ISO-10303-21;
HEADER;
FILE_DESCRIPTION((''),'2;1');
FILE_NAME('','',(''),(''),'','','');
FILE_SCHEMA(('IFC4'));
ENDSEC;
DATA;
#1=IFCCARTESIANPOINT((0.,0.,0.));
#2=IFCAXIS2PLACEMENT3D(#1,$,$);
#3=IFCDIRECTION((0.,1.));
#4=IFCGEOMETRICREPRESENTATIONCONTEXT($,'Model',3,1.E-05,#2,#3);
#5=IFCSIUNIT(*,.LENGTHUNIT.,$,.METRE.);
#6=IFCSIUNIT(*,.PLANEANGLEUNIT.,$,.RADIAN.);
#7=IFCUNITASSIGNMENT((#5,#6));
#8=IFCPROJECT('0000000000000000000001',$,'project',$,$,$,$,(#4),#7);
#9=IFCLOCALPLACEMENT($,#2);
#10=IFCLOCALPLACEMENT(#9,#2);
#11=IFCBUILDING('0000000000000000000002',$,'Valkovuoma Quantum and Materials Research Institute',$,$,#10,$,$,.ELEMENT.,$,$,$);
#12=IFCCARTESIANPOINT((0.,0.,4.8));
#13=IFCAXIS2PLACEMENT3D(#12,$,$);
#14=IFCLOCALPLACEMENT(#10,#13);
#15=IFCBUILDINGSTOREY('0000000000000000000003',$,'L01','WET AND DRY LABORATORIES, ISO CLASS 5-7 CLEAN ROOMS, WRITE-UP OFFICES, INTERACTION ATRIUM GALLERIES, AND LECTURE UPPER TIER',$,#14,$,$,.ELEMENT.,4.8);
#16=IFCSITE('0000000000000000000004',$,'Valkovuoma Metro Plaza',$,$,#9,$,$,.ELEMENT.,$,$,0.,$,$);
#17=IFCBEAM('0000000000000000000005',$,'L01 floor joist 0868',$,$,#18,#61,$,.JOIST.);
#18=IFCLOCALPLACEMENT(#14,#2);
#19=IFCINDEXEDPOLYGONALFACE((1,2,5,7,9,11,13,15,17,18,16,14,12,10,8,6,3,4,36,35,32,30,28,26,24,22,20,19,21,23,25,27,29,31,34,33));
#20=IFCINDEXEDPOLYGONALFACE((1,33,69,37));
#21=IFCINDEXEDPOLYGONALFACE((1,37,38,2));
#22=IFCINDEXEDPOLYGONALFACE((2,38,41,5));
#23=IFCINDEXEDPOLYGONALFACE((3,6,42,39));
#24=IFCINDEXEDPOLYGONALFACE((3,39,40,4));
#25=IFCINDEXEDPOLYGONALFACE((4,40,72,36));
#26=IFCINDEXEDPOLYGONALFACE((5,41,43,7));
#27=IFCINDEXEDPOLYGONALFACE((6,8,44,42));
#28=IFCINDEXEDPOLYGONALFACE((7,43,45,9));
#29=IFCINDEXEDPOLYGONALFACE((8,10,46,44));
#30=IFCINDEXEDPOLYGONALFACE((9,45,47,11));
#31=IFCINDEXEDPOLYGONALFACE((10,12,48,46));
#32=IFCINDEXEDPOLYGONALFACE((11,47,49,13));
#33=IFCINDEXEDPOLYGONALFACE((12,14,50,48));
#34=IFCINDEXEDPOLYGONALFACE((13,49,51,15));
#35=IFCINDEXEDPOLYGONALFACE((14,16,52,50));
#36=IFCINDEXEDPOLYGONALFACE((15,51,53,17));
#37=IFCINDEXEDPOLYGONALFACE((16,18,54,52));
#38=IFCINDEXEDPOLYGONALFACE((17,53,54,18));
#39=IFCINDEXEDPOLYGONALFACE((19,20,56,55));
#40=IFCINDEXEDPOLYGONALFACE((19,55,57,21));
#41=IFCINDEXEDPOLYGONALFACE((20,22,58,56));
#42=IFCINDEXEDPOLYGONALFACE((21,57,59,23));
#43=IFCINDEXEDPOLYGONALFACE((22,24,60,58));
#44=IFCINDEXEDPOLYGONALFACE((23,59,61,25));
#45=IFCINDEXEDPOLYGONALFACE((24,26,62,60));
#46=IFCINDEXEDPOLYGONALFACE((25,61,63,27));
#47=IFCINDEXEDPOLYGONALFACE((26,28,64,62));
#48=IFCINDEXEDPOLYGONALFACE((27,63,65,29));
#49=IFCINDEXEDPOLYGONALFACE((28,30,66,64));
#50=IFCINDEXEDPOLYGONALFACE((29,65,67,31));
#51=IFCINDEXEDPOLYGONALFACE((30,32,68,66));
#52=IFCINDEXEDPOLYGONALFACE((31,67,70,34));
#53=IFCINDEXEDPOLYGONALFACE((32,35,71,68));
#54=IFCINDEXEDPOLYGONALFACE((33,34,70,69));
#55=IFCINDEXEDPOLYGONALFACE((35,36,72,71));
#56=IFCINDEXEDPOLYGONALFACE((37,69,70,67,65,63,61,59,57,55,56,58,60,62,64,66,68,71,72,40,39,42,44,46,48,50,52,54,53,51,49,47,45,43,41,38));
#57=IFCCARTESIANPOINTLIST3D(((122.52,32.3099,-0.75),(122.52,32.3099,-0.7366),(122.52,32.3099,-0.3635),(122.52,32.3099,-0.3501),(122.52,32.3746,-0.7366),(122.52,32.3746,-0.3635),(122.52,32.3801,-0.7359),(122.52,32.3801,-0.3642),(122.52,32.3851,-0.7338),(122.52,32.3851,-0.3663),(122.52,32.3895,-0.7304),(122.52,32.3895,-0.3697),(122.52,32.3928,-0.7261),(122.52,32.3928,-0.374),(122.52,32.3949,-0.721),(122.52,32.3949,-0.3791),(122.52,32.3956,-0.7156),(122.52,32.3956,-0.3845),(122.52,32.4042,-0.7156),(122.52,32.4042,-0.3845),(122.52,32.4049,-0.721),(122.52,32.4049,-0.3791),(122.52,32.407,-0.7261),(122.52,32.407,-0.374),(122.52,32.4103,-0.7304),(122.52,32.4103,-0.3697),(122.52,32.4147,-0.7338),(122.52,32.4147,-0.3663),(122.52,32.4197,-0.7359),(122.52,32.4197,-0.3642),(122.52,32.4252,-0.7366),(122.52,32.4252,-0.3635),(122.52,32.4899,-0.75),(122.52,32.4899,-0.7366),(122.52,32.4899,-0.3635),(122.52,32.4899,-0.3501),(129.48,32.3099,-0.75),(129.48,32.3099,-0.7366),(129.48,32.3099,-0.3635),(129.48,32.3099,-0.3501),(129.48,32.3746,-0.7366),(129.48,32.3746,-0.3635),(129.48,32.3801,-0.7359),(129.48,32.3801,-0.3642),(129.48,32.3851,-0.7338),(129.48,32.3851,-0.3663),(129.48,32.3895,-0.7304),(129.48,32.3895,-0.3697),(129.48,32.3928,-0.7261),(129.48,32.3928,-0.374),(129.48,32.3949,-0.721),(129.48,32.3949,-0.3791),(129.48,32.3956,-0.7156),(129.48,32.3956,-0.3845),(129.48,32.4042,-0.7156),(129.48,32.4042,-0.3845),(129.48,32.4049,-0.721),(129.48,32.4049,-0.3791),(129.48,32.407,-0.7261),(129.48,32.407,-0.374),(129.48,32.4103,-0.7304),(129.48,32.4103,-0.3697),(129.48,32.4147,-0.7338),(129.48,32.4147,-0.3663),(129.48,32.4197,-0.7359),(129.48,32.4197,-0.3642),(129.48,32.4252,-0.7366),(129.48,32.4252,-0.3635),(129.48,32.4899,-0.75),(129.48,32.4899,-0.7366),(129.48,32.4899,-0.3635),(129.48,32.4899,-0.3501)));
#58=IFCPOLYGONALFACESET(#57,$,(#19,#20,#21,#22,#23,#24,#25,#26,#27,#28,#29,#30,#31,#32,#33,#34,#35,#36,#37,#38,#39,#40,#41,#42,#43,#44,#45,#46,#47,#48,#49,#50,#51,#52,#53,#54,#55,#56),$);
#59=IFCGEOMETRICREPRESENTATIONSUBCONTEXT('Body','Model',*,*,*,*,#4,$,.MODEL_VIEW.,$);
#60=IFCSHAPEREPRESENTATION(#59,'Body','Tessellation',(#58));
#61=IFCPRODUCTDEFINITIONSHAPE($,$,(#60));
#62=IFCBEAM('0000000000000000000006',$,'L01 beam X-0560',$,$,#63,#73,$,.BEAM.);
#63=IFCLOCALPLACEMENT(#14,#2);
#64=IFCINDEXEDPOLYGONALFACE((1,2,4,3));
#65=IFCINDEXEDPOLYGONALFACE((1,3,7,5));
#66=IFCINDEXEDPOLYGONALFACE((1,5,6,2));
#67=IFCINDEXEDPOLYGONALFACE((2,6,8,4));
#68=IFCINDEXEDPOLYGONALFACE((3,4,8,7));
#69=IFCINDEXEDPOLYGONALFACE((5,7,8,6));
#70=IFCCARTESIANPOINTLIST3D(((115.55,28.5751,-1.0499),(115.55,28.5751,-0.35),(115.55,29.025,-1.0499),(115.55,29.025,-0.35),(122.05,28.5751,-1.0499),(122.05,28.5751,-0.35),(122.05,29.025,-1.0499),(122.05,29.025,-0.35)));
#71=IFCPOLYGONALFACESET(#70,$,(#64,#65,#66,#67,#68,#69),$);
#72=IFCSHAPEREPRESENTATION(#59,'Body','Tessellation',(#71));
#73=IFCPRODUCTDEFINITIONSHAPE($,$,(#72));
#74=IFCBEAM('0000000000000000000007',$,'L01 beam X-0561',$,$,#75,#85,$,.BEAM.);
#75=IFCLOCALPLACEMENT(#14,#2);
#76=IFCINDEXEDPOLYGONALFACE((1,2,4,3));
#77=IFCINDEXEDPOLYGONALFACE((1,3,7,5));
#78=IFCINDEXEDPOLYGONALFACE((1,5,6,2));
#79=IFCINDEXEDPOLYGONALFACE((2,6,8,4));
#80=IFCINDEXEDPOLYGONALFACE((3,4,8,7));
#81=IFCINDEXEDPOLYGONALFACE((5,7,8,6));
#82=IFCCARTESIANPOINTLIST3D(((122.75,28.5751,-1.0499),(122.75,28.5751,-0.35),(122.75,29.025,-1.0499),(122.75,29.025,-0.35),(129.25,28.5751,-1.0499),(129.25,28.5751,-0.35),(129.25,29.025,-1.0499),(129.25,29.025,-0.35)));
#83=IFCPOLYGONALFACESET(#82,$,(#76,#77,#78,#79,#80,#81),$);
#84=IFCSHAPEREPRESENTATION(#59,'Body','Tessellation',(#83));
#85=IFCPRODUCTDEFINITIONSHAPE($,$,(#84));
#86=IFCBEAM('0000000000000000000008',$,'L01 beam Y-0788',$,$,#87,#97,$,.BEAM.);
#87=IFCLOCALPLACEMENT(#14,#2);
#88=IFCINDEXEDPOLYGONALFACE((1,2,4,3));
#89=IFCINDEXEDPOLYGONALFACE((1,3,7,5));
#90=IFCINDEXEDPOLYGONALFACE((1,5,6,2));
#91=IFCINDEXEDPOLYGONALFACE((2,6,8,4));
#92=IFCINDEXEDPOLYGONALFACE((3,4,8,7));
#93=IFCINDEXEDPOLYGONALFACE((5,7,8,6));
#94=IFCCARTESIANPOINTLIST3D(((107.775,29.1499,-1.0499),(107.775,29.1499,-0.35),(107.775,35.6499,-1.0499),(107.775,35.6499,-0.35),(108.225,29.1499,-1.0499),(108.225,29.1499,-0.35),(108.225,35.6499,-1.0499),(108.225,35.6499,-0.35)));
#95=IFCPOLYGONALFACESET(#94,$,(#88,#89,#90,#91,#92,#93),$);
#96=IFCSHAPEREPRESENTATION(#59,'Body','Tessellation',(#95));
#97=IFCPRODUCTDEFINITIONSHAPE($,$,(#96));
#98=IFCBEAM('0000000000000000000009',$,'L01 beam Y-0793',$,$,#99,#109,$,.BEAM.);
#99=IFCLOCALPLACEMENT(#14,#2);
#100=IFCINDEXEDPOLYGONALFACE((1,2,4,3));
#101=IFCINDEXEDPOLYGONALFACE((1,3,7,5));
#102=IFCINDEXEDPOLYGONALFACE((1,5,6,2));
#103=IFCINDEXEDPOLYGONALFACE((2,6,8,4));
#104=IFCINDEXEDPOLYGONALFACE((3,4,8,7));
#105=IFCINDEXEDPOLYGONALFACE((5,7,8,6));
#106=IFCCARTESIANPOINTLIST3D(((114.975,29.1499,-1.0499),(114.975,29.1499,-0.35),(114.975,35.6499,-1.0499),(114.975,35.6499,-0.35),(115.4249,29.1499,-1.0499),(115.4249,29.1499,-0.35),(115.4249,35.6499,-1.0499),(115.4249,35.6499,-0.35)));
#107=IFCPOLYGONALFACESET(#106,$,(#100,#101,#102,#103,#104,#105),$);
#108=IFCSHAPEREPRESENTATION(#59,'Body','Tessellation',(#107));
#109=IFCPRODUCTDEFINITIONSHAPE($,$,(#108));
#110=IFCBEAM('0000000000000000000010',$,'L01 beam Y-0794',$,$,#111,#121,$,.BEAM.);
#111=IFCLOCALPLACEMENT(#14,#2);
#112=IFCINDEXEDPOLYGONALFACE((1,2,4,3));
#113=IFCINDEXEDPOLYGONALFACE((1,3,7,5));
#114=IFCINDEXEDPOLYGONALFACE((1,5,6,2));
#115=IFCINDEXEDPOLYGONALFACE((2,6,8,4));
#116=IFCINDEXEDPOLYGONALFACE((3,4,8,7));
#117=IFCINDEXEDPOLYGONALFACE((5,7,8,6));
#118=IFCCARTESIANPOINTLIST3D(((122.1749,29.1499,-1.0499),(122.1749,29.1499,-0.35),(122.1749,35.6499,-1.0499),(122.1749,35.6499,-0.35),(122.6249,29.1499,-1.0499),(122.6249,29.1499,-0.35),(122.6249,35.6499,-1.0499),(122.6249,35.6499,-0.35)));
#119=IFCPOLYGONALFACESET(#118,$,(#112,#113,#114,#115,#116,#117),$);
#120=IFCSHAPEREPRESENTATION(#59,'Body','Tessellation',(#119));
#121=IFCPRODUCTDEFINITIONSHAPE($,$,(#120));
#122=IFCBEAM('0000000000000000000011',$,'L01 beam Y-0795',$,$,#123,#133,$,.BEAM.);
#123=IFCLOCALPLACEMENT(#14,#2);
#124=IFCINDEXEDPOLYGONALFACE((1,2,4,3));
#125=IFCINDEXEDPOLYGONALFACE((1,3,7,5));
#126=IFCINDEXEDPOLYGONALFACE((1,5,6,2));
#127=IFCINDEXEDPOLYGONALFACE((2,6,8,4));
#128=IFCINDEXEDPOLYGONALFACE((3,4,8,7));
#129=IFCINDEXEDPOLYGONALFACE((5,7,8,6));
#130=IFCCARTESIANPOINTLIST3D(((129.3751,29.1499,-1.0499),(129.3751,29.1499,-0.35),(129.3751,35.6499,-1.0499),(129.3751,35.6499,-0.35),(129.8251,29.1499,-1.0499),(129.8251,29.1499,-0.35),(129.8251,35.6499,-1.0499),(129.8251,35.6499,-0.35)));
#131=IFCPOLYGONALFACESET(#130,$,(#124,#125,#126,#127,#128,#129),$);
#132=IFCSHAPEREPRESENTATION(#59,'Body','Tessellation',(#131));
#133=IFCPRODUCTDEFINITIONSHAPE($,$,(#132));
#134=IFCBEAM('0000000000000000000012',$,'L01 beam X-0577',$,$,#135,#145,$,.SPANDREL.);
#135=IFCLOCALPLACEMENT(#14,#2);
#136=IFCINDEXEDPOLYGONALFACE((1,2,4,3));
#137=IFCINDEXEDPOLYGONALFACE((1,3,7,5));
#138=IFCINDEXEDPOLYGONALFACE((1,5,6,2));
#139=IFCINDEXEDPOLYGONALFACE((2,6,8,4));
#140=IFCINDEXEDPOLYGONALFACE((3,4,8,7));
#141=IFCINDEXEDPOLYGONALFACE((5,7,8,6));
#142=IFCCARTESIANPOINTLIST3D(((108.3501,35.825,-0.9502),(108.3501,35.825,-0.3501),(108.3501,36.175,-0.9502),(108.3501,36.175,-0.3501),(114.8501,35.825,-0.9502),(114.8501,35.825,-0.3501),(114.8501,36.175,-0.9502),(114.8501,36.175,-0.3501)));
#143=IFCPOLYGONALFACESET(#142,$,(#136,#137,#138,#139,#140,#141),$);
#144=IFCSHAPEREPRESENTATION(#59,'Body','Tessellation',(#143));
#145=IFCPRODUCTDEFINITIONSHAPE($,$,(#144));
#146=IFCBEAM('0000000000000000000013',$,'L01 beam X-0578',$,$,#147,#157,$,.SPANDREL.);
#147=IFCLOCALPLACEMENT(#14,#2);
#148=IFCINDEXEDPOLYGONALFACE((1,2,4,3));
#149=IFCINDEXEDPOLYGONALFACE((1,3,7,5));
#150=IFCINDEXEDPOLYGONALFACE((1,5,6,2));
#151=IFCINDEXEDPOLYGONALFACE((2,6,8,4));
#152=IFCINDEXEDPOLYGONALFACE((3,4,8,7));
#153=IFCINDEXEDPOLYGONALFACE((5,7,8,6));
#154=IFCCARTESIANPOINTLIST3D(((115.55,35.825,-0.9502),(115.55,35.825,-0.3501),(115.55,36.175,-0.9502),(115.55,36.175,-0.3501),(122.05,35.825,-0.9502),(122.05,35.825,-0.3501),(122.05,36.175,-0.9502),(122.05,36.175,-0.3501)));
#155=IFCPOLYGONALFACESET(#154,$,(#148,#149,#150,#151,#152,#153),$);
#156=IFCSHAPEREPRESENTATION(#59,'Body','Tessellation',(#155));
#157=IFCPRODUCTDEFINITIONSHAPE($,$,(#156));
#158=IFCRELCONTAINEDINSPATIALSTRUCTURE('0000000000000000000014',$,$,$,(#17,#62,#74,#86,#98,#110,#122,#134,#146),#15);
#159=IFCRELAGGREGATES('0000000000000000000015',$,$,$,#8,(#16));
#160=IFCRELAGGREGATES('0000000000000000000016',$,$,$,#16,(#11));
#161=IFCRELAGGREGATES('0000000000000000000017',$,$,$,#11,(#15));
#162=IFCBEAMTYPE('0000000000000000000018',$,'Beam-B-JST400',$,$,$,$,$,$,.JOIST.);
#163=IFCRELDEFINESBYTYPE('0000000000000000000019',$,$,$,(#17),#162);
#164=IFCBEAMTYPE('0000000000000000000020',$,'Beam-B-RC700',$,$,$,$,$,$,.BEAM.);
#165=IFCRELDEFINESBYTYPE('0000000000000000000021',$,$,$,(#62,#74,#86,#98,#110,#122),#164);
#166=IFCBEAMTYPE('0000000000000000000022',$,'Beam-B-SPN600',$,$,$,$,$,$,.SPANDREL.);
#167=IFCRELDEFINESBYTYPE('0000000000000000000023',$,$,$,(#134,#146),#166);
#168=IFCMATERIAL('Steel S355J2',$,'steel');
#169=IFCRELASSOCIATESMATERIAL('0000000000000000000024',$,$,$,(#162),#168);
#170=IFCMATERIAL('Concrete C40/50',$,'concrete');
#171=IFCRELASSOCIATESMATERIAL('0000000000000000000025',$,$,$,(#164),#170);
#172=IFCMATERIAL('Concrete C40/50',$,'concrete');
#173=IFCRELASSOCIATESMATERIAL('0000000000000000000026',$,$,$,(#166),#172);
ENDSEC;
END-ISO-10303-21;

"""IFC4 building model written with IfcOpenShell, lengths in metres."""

from ifc_helpers import new_model, si_unit, direction, frame, origin, origin_2d, place, context, subcontext, project, spatial, rectangle, i_section, extrude, material, material_profile, profile_set, type_object, element, save


model = new_model("IFC4")

# Units and contexts
model_context = context("Model", 3, precision=1e-05, world=origin(), true_north=direction((0.0, 1.0)))
body_context = subcontext(model_context, "Body", "Model", "MODEL_VIEW")
ifc_project = project(units=[si_unit("LENGTHUNIT", "METRE"), si_unit("PLANEANGLEUNIT", "RADIAN")], contexts=[model_context])

# Site, building, storey
site_placement = place(None, origin())
site = spatial("IfcSite", under=ifc_project, at=site_placement, Name="Valkovuoma Metro Plaza", CompositionType="ELEMENT", RefElevation=0.0)
building_placement = place(site_placement, origin())
building = spatial("IfcBuilding", under=site, at=building_placement, Name="Valkovuoma Quantum and Materials Research Institute", CompositionType="ELEMENT")
storey_placement = place(building_placement, frame((0.0, 0.0, 4.8)))
storey = spatial("IfcBuildingStorey", under=building, at=storey_placement, Name="L01", Description="WET AND DRY LABORATORIES, ISO CLASS 5-7 CLEAN ROOMS, WRITE-UP OFFICES, INTERACTION ATRIUM GALLERIES, AND LECTURE UPPER TIER", CompositionType="ELEMENT", Elevation=4.8)

# Beams
ifc_material_1 = material(Name="Steel S355J2", Category="steel")
ifc_material_profile_1 = material_profile(ifc_material_1, i_section(OverallWidth=0.1799, OverallDepth=0.3999, WebThickness=0.0085, FlangeThickness=0.0134, FilletRadius=0.021, at=origin_2d()), Name="Steel S355J2")
ifc_profile_set_1 = profile_set([ifc_material_profile_1], Name="Steel S355J2")
beam_type_1 = type_object("IfcBeamType", Name="Beam-B-JST400", PredefinedType="JOIST", material=ifc_profile_set_1)
beam_placement = place(storey_placement, frame((122.52, 32.3999, -0.55), z_axis=(1.0, 0.0, 0.0), x_axis=(0.0, 1.0, 0.0)))
element("IfcBeam", 1, at=beam_placement, inside=storey, type_object=beam_type_1, Name="L01 floor joist 0868", PredefinedType="JOIST", context=body_context, shape_type="SweptSolid", body=[
    extrude(i_section(OverallWidth=0.1799, OverallDepth=0.3999, WebThickness=0.0085, FlangeThickness=0.0134, FilletRadius=0.021, at=origin_2d()), origin(), (0.0, 0.0, 1.0), 6.96),
])
ifc_material_2 = material(Name="Concrete C40/50", Category="concrete")
ifc_material_profile_2 = material_profile(ifc_material_2, rectangle(XDim=0.45, YDim=0.7, at=origin_2d()), Name="Concrete C40/50")
ifc_profile_set_2 = profile_set([ifc_material_profile_2], Name="Concrete C40/50")
beam_type_2 = type_object("IfcBeamType", Name="Beam-B-RC700", PredefinedType="BEAM", material=ifc_profile_set_2)
for number, where, z_axis, x_axis, name in (
    (2, (115.55, 28.8, -0.7), (1.0, 0.0, 0.0), (0.0, 1.0, 0.0), "L01 beam X-0560"),
    (3, (122.75, 28.8, -0.7), (1.0, 0.0, 0.0), (0.0, 1.0, 0.0), "L01 beam X-0561"),
    (4, (108.0, 29.1499, -0.7), (0.0, 1.0, 0.0), (-1.0, 0.0, 0.0), "L01 beam Y-0788"),
    (5, (115.2, 29.1499, -0.7), (0.0, 1.0, 0.0), (-1.0, 0.0, 0.0), "L01 beam Y-0793"),
    (6, (122.3999, 29.1499, -0.7), (0.0, 1.0, 0.0), (-1.0, 0.0, 0.0), "L01 beam Y-0794"),
    (7, (129.6001, 29.1499, -0.7), (0.0, 1.0, 0.0), (-1.0, 0.0, 0.0), "L01 beam Y-0795"),
):
    element("IfcBeam", number, at=place(storey_placement, frame(where, z_axis=z_axis, x_axis=x_axis)), inside=storey, type_object=beam_type_2, Name=name, PredefinedType="BEAM", context=body_context, shape_type="SweptSolid", body=[
        extrude(rectangle(XDim=0.45, YDim=0.7, at=origin_2d()), origin(), (0.0, 0.0, 1.0), 6.5),
    ])
ifc_material_3 = material(Name="Concrete C40/50", Category="concrete")
ifc_material_profile_3 = material_profile(ifc_material_3, rectangle(XDim=0.3501, YDim=0.6001, at=origin_2d()), Name="Concrete C40/50")
ifc_profile_set_3 = profile_set([ifc_material_profile_3], Name="Concrete C40/50")
beam_type_3 = type_object("IfcBeamType", Name="Beam-B-SPN600", PredefinedType="SPANDREL", material=ifc_profile_set_3)
for number, where, z_axis, x_axis, name in (
    (8, (108.3501, 36.0, -0.6501), (1.0, 0.0, 0.0), (0.0, 1.0, 0.0), "L01 beam X-0577"),
    (9, (115.55, 36.0, -0.6501), (1.0, 0.0, 0.0), (0.0, 1.0, 0.0), "L01 beam X-0578"),
):
    element("IfcBeam", number, at=place(storey_placement, frame(where, z_axis=z_axis, x_axis=x_axis)), inside=storey, type_object=beam_type_3, Name=name, PredefinedType="SPANDREL", context=body_context, shape_type="SweptSolid", body=[
        extrude(rectangle(XDim=0.3501, YDim=0.6001, at=origin_2d()), origin(), (0.0, 0.0, 1.0), 6.5),
    ])

save(model, "model.ifc")
